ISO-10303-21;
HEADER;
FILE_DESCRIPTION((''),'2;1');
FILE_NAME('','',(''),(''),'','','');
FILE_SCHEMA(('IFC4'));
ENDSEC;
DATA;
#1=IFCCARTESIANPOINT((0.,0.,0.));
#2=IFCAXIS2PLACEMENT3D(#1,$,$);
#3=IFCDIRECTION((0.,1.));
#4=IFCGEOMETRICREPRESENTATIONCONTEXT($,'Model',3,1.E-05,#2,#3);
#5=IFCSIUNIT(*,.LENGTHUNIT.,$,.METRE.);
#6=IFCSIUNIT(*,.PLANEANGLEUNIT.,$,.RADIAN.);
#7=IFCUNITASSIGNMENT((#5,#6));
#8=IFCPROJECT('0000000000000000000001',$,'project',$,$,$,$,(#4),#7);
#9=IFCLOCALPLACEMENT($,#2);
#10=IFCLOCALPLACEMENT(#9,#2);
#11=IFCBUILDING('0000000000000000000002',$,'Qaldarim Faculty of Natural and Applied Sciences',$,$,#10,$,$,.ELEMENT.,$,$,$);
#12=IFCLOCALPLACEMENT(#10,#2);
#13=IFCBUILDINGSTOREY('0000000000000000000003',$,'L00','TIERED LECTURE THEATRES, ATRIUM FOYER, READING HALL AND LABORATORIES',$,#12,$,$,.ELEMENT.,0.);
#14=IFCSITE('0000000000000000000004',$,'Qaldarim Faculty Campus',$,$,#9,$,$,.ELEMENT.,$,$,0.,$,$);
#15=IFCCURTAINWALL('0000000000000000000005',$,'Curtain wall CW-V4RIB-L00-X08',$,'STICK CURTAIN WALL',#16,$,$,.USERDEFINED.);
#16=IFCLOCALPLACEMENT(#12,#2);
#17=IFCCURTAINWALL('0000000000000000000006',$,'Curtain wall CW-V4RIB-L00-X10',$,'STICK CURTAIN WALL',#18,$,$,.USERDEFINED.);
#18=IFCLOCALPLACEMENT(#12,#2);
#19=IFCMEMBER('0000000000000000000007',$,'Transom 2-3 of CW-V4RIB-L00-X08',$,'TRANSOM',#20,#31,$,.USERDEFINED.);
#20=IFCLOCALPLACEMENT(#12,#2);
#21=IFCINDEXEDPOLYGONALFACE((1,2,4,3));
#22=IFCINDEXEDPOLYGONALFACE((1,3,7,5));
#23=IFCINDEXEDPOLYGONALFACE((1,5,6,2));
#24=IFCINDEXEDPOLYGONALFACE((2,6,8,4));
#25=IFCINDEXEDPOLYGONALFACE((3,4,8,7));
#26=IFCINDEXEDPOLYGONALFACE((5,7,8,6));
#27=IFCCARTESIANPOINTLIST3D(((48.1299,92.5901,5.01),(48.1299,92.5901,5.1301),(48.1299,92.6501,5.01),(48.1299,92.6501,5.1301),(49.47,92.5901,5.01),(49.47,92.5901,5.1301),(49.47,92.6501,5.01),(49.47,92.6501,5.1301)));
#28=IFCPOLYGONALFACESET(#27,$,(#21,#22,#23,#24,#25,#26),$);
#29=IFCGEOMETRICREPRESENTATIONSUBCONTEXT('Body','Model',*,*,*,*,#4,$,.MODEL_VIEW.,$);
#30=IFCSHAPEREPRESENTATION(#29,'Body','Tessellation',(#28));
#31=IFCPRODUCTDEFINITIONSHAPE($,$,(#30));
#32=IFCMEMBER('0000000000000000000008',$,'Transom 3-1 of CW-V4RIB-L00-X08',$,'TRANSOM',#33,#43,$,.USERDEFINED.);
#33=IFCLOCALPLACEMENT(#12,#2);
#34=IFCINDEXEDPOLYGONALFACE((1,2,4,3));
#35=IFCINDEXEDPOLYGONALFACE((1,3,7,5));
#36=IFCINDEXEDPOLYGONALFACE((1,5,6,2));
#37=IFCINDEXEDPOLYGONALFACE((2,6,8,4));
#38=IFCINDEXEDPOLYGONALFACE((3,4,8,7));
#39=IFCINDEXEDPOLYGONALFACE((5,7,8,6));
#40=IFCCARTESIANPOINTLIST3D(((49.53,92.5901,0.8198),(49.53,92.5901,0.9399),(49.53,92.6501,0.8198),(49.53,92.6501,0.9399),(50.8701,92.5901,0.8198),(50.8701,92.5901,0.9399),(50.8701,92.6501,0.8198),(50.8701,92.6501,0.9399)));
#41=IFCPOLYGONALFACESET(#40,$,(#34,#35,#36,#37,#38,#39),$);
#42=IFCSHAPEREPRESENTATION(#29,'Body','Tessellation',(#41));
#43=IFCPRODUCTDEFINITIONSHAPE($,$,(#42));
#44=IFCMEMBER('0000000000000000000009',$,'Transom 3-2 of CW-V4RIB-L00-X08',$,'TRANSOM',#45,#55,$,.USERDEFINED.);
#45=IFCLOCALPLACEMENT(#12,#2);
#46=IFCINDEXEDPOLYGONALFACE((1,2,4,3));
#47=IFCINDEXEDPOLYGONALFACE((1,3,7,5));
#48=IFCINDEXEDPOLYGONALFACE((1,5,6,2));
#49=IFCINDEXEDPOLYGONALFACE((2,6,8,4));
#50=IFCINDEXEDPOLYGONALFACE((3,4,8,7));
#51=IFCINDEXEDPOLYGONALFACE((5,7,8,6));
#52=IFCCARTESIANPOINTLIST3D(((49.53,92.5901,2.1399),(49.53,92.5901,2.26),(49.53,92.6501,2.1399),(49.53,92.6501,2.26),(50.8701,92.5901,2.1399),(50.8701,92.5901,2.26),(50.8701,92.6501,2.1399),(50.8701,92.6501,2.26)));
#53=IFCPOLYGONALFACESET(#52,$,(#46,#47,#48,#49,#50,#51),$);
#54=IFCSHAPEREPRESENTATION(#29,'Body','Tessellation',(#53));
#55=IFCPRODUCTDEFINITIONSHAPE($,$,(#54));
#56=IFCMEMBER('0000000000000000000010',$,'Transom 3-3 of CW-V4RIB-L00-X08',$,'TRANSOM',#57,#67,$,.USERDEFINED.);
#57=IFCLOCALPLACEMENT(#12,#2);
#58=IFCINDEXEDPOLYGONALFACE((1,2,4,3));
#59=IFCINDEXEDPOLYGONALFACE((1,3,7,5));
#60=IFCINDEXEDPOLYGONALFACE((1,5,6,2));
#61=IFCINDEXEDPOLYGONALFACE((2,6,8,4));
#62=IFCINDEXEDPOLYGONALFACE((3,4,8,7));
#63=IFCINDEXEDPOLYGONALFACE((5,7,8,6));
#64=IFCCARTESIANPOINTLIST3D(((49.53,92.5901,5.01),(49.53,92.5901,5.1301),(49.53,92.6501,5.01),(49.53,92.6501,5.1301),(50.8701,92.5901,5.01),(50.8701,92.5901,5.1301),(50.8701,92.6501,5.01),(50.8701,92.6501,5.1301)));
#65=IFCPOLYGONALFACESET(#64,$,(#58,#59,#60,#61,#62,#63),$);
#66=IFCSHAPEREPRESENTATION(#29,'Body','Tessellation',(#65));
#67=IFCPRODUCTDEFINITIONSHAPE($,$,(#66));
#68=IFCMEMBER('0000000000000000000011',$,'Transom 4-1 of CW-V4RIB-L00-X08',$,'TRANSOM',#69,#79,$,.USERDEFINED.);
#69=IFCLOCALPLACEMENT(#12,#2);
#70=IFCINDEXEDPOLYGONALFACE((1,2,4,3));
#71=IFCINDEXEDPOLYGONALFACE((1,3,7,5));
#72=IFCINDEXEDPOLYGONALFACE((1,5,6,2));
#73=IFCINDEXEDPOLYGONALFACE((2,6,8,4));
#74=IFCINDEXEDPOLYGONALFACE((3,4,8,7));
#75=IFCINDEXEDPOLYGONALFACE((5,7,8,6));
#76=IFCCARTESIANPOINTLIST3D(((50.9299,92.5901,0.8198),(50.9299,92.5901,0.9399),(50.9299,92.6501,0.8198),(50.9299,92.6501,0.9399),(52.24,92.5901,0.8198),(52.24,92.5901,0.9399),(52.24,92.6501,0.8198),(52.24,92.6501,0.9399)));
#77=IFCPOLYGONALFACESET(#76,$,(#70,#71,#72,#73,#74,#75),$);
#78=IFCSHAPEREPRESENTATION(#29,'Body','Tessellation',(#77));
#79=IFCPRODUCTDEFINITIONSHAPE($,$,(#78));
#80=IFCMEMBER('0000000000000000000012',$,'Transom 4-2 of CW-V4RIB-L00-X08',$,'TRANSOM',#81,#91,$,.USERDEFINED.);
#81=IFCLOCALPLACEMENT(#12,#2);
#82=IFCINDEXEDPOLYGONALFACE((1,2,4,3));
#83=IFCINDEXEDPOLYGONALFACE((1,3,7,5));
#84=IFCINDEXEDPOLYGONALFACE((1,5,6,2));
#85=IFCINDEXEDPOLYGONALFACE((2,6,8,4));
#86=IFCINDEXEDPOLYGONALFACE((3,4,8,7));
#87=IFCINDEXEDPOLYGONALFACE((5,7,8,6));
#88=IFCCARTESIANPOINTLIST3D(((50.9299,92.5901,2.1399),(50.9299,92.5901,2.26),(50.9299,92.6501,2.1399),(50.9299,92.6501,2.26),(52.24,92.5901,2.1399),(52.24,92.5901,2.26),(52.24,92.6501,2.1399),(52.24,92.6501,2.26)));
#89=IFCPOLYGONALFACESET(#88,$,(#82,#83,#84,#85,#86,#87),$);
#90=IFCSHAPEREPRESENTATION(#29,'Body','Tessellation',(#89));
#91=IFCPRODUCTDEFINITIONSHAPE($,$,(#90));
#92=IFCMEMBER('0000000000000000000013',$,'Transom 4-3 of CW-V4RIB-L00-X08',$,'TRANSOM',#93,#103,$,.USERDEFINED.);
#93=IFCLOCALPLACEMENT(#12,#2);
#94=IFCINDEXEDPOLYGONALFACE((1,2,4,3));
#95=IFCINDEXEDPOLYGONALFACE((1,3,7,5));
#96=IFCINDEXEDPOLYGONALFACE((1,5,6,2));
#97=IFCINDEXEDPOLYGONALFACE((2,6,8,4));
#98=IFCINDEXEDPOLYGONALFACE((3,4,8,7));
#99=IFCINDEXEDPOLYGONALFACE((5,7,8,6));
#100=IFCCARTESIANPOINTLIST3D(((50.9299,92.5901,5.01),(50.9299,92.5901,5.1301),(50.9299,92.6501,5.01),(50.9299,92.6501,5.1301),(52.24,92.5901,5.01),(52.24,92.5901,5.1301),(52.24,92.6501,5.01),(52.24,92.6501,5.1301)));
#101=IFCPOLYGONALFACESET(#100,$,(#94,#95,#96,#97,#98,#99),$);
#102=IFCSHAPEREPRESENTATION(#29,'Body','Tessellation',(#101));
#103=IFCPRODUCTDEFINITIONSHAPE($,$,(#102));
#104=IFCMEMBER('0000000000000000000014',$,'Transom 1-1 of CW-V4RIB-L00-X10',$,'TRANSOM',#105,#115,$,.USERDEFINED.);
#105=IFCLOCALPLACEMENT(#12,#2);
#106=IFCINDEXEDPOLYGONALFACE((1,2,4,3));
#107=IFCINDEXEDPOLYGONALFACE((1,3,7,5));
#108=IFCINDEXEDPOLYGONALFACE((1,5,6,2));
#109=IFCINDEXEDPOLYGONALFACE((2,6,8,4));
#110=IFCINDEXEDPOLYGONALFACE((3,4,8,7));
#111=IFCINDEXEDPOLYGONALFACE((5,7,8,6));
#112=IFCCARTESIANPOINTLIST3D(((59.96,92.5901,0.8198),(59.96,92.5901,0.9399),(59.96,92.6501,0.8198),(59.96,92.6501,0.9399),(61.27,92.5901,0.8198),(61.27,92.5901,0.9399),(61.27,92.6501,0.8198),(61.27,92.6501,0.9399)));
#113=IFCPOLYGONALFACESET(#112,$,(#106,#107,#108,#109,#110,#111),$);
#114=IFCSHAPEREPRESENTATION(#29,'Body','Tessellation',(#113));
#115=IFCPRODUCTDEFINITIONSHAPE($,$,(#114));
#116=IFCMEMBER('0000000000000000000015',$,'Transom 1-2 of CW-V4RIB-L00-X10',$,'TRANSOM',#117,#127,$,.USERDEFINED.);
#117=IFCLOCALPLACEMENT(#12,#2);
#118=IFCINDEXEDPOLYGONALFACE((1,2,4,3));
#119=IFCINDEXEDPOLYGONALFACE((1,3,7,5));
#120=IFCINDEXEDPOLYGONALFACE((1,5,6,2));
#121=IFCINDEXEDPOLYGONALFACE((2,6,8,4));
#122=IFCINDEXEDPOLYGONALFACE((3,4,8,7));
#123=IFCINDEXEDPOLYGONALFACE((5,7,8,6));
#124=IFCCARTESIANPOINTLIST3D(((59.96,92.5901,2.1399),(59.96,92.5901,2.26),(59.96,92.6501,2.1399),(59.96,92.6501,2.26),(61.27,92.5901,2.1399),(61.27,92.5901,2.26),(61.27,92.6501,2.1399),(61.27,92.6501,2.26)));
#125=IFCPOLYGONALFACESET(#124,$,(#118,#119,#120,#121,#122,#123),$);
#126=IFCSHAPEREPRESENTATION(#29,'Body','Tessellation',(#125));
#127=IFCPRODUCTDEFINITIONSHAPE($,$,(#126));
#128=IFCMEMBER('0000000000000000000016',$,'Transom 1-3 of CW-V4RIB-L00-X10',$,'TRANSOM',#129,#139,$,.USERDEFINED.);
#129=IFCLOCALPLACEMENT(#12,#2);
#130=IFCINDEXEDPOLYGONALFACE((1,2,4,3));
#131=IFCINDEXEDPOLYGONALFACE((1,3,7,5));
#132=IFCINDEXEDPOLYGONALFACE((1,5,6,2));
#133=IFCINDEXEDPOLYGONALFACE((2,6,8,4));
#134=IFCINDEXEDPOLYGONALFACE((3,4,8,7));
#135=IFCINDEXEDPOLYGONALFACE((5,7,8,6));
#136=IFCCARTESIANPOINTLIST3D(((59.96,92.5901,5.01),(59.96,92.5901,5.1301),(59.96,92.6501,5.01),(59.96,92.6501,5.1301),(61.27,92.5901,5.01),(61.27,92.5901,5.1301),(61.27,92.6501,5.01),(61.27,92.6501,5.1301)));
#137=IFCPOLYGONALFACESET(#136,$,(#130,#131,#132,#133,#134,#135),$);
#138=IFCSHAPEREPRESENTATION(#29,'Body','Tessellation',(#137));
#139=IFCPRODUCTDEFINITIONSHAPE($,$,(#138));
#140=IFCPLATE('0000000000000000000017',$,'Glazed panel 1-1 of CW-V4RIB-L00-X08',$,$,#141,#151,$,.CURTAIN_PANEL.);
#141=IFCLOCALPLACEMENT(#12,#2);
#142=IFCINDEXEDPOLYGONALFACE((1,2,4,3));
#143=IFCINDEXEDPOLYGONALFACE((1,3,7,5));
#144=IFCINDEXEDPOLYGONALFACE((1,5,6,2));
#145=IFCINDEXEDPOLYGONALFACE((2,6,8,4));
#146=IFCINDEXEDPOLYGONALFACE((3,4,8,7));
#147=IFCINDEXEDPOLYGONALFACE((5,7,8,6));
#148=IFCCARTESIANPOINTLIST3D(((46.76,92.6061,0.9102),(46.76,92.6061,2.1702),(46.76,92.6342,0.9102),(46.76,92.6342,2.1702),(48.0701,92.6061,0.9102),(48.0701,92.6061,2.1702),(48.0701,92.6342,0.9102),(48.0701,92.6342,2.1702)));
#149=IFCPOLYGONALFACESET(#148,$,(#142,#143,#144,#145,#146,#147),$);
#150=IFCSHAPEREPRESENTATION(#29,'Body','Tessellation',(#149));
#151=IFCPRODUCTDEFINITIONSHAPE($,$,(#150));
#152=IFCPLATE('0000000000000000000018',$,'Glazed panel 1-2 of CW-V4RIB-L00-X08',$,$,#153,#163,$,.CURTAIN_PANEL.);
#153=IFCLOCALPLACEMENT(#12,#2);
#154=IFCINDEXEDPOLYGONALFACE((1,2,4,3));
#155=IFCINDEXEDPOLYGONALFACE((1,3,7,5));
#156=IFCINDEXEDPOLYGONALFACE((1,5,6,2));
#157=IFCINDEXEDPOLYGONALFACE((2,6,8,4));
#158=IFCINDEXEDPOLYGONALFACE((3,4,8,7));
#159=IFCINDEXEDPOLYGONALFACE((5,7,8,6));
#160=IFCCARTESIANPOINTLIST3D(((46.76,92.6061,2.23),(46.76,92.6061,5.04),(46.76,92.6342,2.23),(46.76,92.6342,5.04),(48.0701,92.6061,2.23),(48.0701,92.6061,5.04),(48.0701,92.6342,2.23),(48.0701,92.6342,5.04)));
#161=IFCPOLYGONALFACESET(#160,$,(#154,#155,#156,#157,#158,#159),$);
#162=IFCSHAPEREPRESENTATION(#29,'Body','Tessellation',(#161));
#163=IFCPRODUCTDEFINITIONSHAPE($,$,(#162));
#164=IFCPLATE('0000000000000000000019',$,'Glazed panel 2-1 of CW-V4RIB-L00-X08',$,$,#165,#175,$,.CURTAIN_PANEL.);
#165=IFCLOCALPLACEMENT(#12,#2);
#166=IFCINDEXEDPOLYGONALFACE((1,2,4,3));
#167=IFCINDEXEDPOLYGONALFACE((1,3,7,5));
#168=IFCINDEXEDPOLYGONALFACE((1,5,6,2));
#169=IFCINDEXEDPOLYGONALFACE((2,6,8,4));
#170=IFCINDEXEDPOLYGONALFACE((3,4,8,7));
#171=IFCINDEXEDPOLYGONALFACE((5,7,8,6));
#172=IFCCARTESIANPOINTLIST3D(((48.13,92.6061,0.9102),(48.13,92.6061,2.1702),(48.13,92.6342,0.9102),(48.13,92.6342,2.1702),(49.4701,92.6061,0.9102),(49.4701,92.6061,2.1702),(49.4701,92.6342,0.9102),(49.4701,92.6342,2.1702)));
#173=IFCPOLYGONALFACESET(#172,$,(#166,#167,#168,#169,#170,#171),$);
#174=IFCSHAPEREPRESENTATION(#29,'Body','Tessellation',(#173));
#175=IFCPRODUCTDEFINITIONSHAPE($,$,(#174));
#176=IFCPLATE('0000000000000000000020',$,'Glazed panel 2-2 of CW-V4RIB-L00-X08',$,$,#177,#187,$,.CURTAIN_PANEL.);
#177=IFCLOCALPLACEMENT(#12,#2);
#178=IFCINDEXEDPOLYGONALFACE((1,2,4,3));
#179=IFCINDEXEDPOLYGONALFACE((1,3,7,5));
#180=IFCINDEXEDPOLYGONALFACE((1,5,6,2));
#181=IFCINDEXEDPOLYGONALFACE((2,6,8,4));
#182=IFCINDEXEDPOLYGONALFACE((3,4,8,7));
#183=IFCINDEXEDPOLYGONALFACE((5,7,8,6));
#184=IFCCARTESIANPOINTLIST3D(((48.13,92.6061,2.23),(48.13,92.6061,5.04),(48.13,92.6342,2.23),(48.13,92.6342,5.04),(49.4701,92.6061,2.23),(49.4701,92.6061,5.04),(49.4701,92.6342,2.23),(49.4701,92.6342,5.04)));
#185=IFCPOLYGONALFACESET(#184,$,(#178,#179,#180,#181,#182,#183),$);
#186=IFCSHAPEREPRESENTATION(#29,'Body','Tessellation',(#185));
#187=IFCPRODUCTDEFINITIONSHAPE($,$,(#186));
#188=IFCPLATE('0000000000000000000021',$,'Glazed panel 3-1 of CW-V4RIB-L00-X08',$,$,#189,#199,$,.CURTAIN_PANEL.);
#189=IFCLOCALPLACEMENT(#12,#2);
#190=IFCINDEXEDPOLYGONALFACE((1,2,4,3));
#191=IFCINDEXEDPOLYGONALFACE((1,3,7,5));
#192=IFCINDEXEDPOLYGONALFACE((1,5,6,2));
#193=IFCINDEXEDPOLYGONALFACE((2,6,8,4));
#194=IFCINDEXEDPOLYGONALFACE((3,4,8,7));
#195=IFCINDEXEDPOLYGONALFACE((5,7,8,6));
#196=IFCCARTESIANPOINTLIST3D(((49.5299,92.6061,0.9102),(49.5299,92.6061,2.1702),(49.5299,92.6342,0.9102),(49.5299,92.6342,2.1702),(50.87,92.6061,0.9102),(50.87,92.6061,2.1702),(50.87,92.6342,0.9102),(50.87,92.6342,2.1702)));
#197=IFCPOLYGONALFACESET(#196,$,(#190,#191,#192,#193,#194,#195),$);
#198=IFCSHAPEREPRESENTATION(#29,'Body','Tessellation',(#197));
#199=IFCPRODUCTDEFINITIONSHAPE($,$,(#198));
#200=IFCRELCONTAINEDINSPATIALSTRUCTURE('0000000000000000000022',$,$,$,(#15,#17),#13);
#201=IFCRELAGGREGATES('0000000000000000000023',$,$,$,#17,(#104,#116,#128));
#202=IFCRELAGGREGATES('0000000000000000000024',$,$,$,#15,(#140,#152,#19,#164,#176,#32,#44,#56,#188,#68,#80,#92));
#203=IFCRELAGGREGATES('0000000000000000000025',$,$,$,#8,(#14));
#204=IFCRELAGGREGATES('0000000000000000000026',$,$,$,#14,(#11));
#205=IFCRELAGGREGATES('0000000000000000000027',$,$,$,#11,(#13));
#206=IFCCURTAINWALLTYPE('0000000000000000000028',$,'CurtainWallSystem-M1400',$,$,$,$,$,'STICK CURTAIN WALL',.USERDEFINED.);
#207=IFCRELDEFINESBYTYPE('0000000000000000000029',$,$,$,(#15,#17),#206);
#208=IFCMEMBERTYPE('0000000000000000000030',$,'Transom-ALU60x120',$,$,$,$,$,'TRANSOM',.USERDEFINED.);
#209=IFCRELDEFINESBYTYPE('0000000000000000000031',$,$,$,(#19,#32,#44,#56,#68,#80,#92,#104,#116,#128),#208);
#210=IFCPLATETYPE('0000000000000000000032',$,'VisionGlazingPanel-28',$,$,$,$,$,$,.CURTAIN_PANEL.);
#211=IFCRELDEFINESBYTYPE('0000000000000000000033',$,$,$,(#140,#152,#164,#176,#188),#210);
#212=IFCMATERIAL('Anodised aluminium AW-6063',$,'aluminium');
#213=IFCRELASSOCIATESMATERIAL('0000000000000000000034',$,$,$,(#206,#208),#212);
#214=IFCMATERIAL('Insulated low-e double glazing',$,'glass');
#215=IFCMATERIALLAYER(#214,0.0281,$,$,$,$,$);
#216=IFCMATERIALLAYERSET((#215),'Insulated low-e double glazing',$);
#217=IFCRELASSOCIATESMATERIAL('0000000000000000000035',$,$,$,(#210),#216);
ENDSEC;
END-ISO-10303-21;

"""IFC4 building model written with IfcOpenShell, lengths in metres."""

from ifc_helpers import new_model, si_unit, direction, frame, origin, origin_2d, place, context, subcontext, project, spatial, rectangle, extrude, material, layer, layer_set, material_profile, profile_set, type_object, element, aggregate, save


model = new_model("IFC4")

# Units and contexts
model_context = context("Model", 3, precision=1e-05, world=origin(), true_north=direction((0.0, 1.0)))
body_context = subcontext(model_context, "Body", "Model", "MODEL_VIEW")
ifc_project = project(units=[si_unit("LENGTHUNIT", "METRE"), si_unit("PLANEANGLEUNIT", "RADIAN")], contexts=[model_context])

# Site, building, storey
site_placement = place(None, origin())
site = spatial("IfcSite", under=ifc_project, at=site_placement, Name="Qaldarim Faculty Campus", CompositionType="ELEMENT", RefElevation=0.0)
building_placement = place(site_placement, origin())
building = spatial("IfcBuilding", under=site, at=building_placement, Name="Qaldarim Faculty of Natural and Applied Sciences", CompositionType="ELEMENT")
storey_placement = place(building_placement, origin())
storey = spatial("IfcBuildingStorey", under=building, at=storey_placement, Name="L00", Description="TIERED LECTURE THEATRES, ATRIUM FOYER, READING HALL AND LABORATORIES", CompositionType="ELEMENT", Elevation=0.0)

# Curtain wall
ifc_material_1 = material(Name="Anodised aluminium AW-6063", Category="aluminium")
curtain_wall_type = type_object("IfcCurtainWallType", Name="CurtainWallSystem-M1400", ElementType="STICK CURTAIN WALL", PredefinedType="USERDEFINED", material=ifc_material_1)
curtain_wall_1_placement = place(storey_placement, origin())
curtain_wall_1 = element("IfcCurtainWall", 1, at=curtain_wall_1_placement, inside=storey, type_object=curtain_wall_type, Name="Curtain wall CW-V4RIB-L00-X08", ObjectType="STICK CURTAIN WALL", PredefinedType="USERDEFINED")

# Curtain wall
curtain_wall_2_placement = place(storey_placement, origin())
curtain_wall_2 = element("IfcCurtainWall", 2, at=curtain_wall_2_placement, inside=storey, type_object=curtain_wall_type, Name="Curtain wall CW-V4RIB-L00-X10", ObjectType="STICK CURTAIN WALL", PredefinedType="USERDEFINED")

# Members
ifc_material_profile_1 = material_profile(ifc_material_1, rectangle(XDim=0.0601, YDim=0.1201, at=origin_2d()), Name="ALU-T60x120")
ifc_profile_set_1 = profile_set([ifc_material_profile_1], Name="Anodised aluminium AW-6063")
member_type_1 = type_object("IfcMemberType", Name="Transom-ALU60x120", ElementType="TRANSOM", PredefinedType="USERDEFINED", material=ifc_profile_set_1)
member_1_placement = place(storey_placement, frame((48.1299, 92.6201, 5.0701), z_axis=(1.0, 0.0, 0.0), x_axis=(0.0, 1.0, 0.0)))
member_1 = element("IfcMember", 3, at=member_1_placement, type_object=member_type_1, Name="Transom 2-3 of CW-V4RIB-L00-X08", ObjectType="TRANSOM", PredefinedType="USERDEFINED", context=body_context, shape_type="SweptSolid", body=[
    extrude(rectangle(XDim=0.0601, YDim=0.1201, at=origin_2d()), origin(), (0.0, 0.0, 1.0), 1.3401),
])
member_2_placement = place(storey_placement, frame((49.53, 92.6201, 0.8799), z_axis=(1.0, 0.0, 0.0), x_axis=(0.0, 1.0, 0.0)))
member_2 = element("IfcMember", 4, at=member_2_placement, type_object=member_type_1, Name="Transom 3-1 of CW-V4RIB-L00-X08", ObjectType="TRANSOM", PredefinedType="USERDEFINED", context=body_context, shape_type="SweptSolid", body=[
    extrude(rectangle(XDim=0.0601, YDim=0.1201, at=origin_2d()), origin(), (0.0, 0.0, 1.0), 1.3401),
])
member_3_placement = place(storey_placement, frame((49.53, 92.6201, 2.2), z_axis=(1.0, 0.0, 0.0), x_axis=(0.0, 1.0, 0.0)))
member_3 = element("IfcMember", 5, at=member_3_placement, type_object=member_type_1, Name="Transom 3-2 of CW-V4RIB-L00-X08", ObjectType="TRANSOM", PredefinedType="USERDEFINED", context=body_context, shape_type="SweptSolid", body=[
    extrude(rectangle(XDim=0.0601, YDim=0.1201, at=origin_2d()), origin(), (0.0, 0.0, 1.0), 1.3401),
])
member_4_placement = place(storey_placement, frame((49.53, 92.6201, 5.0701), z_axis=(1.0, 0.0, 0.0), x_axis=(0.0, 1.0, 0.0)))
member_4 = element("IfcMember", 6, at=member_4_placement, type_object=member_type_1, Name="Transom 3-3 of CW-V4RIB-L00-X08", ObjectType="TRANSOM", PredefinedType="USERDEFINED", context=body_context, shape_type="SweptSolid", body=[
    extrude(rectangle(XDim=0.0601, YDim=0.1201, at=origin_2d()), origin(), (0.0, 0.0, 1.0), 1.3401),
])
member_5_placement = place(storey_placement, frame((50.9299, 92.6201, 0.8799), z_axis=(1.0, 0.0, 0.0), x_axis=(0.0, 1.0, 0.0)))
member_5 = element("IfcMember", 7, at=member_5_placement, type_object=member_type_1, Name="Transom 4-1 of CW-V4RIB-L00-X08", ObjectType="TRANSOM", PredefinedType="USERDEFINED", context=body_context, shape_type="SweptSolid", body=[
    extrude(rectangle(XDim=0.0601, YDim=0.1201, at=origin_2d()), origin(), (0.0, 0.0, 1.0), 1.3101),
])
member_6_placement = place(storey_placement, frame((50.9299, 92.6201, 2.2), z_axis=(1.0, 0.0, 0.0), x_axis=(0.0, 1.0, 0.0)))
member_6 = element("IfcMember", 8, at=member_6_placement, type_object=member_type_1, Name="Transom 4-2 of CW-V4RIB-L00-X08", ObjectType="TRANSOM", PredefinedType="USERDEFINED", context=body_context, shape_type="SweptSolid", body=[
    extrude(rectangle(XDim=0.0601, YDim=0.1201, at=origin_2d()), origin(), (0.0, 0.0, 1.0), 1.3101),
])
member_7_placement = place(storey_placement, frame((50.9299, 92.6201, 5.0701), z_axis=(1.0, 0.0, 0.0), x_axis=(0.0, 1.0, 0.0)))
member_7 = element("IfcMember", 9, at=member_7_placement, type_object=member_type_1, Name="Transom 4-3 of CW-V4RIB-L00-X08", ObjectType="TRANSOM", PredefinedType="USERDEFINED", context=body_context, shape_type="SweptSolid", body=[
    extrude(rectangle(XDim=0.0601, YDim=0.1201, at=origin_2d()), origin(), (0.0, 0.0, 1.0), 1.3101),
])
member_8_placement = place(storey_placement, frame((59.96, 92.6201, 0.8799), z_axis=(1.0, 0.0, 0.0), x_axis=(0.0, 1.0, 0.0)))
member_8 = element("IfcMember", 10, at=member_8_placement, type_object=member_type_1, Name="Transom 1-1 of CW-V4RIB-L00-X10", ObjectType="TRANSOM", PredefinedType="USERDEFINED", context=body_context, shape_type="SweptSolid", body=[
    extrude(rectangle(XDim=0.0601, YDim=0.1201, at=origin_2d()), origin(), (0.0, 0.0, 1.0), 1.3101),
])
member_9_placement = place(storey_placement, frame((59.96, 92.6201, 2.2), z_axis=(1.0, 0.0, 0.0), x_axis=(0.0, 1.0, 0.0)))
member_9 = element("IfcMember", 11, at=member_9_placement, type_object=member_type_1, Name="Transom 1-2 of CW-V4RIB-L00-X10", ObjectType="TRANSOM", PredefinedType="USERDEFINED", context=body_context, shape_type="SweptSolid", body=[
    extrude(rectangle(XDim=0.0601, YDim=0.1201, at=origin_2d()), origin(), (0.0, 0.0, 1.0), 1.3101),
])
member_10_placement = place(storey_placement, frame((59.96, 92.6201, 5.0701), z_axis=(1.0, 0.0, 0.0), x_axis=(0.0, 1.0, 0.0)))
member_10 = element("IfcMember", 12, at=member_10_placement, type_object=member_type_1, Name="Transom 1-3 of CW-V4RIB-L00-X10", ObjectType="TRANSOM", PredefinedType="USERDEFINED", context=body_context, shape_type="SweptSolid", body=[
    extrude(rectangle(XDim=0.0601, YDim=0.1201, at=origin_2d()), origin(), (0.0, 0.0, 1.0), 1.3101),
])
aggregate(curtain_wall_2, [member_8, member_9, member_10])

# Plates
ifc_material_2 = material(Name="Insulated low-e double glazing", Category="glass")
ifc_layer_1 = layer(ifc_material_2, 0.0281)
ifc_layer_set_1 = layer_set([ifc_layer_1], Name="Insulated low-e double glazing")
plate_type = type_object("IfcPlateType", Name="VisionGlazingPanel-28", PredefinedType="CURTAIN_PANEL", material=ifc_layer_set_1)
plate_1_placement = place(storey_placement, frame((47.415, 92.6201, 0.9102), z_axis=(0.0, 0.0, 1.0), x_axis=(1.0, 0.0, 0.0)))
plate_1 = element("IfcPlate", 13, at=plate_1_placement, type_object=plate_type, Name="Glazed panel 1-1 of CW-V4RIB-L00-X08", PredefinedType="CURTAIN_PANEL", context=body_context, shape_type="SweptSolid", body=[
    extrude(rectangle(XDim=1.3101, YDim=0.0281, at=origin_2d()), origin(), (0.0, 0.0, 1.0), 1.26),
])
plate_2_placement = place(storey_placement, frame((47.415, 92.6201, 2.23), z_axis=(0.0, 0.0, 1.0), x_axis=(1.0, 0.0, 0.0)))
plate_2 = element("IfcPlate", 14, at=plate_2_placement, type_object=plate_type, Name="Glazed panel 1-2 of CW-V4RIB-L00-X08", PredefinedType="CURTAIN_PANEL", context=body_context, shape_type="SweptSolid", body=[
    extrude(rectangle(XDim=1.3101, YDim=0.0281, at=origin_2d()), origin(), (0.0, 0.0, 1.0), 2.8101),
])
plate_3_placement = place(storey_placement, frame((48.8, 92.6201, 0.9102), z_axis=(0.0, 0.0, 1.0), x_axis=(1.0, 0.0, 0.0)))
plate_3 = element("IfcPlate", 15, at=plate_3_placement, type_object=plate_type, Name="Glazed panel 2-1 of CW-V4RIB-L00-X08", PredefinedType="CURTAIN_PANEL", context=body_context, shape_type="SweptSolid", body=[
    extrude(rectangle(XDim=1.3401, YDim=0.0281, at=origin_2d()), origin(), (0.0, 0.0, 1.0), 1.26),
])
plate_4_placement = place(storey_placement, frame((48.8, 92.6201, 2.23), z_axis=(0.0, 0.0, 1.0), x_axis=(1.0, 0.0, 0.0)))
plate_4 = element("IfcPlate", 16, at=plate_4_placement, type_object=plate_type, Name="Glazed panel 2-2 of CW-V4RIB-L00-X08", PredefinedType="CURTAIN_PANEL", context=body_context, shape_type="SweptSolid", body=[
    extrude(rectangle(XDim=1.3401, YDim=0.0281, at=origin_2d()), origin(), (0.0, 0.0, 1.0), 2.8101),
])
plate_5_placement = place(storey_placement, frame((50.2, 92.6201, 0.9102), z_axis=(0.0, 0.0, 1.0), x_axis=(1.0, 0.0, 0.0)))
plate_5 = element("IfcPlate", 17, at=plate_5_placement, type_object=plate_type, Name="Glazed panel 3-1 of CW-V4RIB-L00-X08", PredefinedType="CURTAIN_PANEL", context=body_context, shape_type="SweptSolid", body=[
    extrude(rectangle(XDim=1.3401, YDim=0.0281, at=origin_2d()), origin(), (0.0, 0.0, 1.0), 1.26),
])
aggregate(curtain_wall_1, [plate_1, plate_2, member_1, plate_3, plate_4, member_2, member_3, member_4, plate_5, member_5, member_6, member_7])

save(model, "model.ifc")
